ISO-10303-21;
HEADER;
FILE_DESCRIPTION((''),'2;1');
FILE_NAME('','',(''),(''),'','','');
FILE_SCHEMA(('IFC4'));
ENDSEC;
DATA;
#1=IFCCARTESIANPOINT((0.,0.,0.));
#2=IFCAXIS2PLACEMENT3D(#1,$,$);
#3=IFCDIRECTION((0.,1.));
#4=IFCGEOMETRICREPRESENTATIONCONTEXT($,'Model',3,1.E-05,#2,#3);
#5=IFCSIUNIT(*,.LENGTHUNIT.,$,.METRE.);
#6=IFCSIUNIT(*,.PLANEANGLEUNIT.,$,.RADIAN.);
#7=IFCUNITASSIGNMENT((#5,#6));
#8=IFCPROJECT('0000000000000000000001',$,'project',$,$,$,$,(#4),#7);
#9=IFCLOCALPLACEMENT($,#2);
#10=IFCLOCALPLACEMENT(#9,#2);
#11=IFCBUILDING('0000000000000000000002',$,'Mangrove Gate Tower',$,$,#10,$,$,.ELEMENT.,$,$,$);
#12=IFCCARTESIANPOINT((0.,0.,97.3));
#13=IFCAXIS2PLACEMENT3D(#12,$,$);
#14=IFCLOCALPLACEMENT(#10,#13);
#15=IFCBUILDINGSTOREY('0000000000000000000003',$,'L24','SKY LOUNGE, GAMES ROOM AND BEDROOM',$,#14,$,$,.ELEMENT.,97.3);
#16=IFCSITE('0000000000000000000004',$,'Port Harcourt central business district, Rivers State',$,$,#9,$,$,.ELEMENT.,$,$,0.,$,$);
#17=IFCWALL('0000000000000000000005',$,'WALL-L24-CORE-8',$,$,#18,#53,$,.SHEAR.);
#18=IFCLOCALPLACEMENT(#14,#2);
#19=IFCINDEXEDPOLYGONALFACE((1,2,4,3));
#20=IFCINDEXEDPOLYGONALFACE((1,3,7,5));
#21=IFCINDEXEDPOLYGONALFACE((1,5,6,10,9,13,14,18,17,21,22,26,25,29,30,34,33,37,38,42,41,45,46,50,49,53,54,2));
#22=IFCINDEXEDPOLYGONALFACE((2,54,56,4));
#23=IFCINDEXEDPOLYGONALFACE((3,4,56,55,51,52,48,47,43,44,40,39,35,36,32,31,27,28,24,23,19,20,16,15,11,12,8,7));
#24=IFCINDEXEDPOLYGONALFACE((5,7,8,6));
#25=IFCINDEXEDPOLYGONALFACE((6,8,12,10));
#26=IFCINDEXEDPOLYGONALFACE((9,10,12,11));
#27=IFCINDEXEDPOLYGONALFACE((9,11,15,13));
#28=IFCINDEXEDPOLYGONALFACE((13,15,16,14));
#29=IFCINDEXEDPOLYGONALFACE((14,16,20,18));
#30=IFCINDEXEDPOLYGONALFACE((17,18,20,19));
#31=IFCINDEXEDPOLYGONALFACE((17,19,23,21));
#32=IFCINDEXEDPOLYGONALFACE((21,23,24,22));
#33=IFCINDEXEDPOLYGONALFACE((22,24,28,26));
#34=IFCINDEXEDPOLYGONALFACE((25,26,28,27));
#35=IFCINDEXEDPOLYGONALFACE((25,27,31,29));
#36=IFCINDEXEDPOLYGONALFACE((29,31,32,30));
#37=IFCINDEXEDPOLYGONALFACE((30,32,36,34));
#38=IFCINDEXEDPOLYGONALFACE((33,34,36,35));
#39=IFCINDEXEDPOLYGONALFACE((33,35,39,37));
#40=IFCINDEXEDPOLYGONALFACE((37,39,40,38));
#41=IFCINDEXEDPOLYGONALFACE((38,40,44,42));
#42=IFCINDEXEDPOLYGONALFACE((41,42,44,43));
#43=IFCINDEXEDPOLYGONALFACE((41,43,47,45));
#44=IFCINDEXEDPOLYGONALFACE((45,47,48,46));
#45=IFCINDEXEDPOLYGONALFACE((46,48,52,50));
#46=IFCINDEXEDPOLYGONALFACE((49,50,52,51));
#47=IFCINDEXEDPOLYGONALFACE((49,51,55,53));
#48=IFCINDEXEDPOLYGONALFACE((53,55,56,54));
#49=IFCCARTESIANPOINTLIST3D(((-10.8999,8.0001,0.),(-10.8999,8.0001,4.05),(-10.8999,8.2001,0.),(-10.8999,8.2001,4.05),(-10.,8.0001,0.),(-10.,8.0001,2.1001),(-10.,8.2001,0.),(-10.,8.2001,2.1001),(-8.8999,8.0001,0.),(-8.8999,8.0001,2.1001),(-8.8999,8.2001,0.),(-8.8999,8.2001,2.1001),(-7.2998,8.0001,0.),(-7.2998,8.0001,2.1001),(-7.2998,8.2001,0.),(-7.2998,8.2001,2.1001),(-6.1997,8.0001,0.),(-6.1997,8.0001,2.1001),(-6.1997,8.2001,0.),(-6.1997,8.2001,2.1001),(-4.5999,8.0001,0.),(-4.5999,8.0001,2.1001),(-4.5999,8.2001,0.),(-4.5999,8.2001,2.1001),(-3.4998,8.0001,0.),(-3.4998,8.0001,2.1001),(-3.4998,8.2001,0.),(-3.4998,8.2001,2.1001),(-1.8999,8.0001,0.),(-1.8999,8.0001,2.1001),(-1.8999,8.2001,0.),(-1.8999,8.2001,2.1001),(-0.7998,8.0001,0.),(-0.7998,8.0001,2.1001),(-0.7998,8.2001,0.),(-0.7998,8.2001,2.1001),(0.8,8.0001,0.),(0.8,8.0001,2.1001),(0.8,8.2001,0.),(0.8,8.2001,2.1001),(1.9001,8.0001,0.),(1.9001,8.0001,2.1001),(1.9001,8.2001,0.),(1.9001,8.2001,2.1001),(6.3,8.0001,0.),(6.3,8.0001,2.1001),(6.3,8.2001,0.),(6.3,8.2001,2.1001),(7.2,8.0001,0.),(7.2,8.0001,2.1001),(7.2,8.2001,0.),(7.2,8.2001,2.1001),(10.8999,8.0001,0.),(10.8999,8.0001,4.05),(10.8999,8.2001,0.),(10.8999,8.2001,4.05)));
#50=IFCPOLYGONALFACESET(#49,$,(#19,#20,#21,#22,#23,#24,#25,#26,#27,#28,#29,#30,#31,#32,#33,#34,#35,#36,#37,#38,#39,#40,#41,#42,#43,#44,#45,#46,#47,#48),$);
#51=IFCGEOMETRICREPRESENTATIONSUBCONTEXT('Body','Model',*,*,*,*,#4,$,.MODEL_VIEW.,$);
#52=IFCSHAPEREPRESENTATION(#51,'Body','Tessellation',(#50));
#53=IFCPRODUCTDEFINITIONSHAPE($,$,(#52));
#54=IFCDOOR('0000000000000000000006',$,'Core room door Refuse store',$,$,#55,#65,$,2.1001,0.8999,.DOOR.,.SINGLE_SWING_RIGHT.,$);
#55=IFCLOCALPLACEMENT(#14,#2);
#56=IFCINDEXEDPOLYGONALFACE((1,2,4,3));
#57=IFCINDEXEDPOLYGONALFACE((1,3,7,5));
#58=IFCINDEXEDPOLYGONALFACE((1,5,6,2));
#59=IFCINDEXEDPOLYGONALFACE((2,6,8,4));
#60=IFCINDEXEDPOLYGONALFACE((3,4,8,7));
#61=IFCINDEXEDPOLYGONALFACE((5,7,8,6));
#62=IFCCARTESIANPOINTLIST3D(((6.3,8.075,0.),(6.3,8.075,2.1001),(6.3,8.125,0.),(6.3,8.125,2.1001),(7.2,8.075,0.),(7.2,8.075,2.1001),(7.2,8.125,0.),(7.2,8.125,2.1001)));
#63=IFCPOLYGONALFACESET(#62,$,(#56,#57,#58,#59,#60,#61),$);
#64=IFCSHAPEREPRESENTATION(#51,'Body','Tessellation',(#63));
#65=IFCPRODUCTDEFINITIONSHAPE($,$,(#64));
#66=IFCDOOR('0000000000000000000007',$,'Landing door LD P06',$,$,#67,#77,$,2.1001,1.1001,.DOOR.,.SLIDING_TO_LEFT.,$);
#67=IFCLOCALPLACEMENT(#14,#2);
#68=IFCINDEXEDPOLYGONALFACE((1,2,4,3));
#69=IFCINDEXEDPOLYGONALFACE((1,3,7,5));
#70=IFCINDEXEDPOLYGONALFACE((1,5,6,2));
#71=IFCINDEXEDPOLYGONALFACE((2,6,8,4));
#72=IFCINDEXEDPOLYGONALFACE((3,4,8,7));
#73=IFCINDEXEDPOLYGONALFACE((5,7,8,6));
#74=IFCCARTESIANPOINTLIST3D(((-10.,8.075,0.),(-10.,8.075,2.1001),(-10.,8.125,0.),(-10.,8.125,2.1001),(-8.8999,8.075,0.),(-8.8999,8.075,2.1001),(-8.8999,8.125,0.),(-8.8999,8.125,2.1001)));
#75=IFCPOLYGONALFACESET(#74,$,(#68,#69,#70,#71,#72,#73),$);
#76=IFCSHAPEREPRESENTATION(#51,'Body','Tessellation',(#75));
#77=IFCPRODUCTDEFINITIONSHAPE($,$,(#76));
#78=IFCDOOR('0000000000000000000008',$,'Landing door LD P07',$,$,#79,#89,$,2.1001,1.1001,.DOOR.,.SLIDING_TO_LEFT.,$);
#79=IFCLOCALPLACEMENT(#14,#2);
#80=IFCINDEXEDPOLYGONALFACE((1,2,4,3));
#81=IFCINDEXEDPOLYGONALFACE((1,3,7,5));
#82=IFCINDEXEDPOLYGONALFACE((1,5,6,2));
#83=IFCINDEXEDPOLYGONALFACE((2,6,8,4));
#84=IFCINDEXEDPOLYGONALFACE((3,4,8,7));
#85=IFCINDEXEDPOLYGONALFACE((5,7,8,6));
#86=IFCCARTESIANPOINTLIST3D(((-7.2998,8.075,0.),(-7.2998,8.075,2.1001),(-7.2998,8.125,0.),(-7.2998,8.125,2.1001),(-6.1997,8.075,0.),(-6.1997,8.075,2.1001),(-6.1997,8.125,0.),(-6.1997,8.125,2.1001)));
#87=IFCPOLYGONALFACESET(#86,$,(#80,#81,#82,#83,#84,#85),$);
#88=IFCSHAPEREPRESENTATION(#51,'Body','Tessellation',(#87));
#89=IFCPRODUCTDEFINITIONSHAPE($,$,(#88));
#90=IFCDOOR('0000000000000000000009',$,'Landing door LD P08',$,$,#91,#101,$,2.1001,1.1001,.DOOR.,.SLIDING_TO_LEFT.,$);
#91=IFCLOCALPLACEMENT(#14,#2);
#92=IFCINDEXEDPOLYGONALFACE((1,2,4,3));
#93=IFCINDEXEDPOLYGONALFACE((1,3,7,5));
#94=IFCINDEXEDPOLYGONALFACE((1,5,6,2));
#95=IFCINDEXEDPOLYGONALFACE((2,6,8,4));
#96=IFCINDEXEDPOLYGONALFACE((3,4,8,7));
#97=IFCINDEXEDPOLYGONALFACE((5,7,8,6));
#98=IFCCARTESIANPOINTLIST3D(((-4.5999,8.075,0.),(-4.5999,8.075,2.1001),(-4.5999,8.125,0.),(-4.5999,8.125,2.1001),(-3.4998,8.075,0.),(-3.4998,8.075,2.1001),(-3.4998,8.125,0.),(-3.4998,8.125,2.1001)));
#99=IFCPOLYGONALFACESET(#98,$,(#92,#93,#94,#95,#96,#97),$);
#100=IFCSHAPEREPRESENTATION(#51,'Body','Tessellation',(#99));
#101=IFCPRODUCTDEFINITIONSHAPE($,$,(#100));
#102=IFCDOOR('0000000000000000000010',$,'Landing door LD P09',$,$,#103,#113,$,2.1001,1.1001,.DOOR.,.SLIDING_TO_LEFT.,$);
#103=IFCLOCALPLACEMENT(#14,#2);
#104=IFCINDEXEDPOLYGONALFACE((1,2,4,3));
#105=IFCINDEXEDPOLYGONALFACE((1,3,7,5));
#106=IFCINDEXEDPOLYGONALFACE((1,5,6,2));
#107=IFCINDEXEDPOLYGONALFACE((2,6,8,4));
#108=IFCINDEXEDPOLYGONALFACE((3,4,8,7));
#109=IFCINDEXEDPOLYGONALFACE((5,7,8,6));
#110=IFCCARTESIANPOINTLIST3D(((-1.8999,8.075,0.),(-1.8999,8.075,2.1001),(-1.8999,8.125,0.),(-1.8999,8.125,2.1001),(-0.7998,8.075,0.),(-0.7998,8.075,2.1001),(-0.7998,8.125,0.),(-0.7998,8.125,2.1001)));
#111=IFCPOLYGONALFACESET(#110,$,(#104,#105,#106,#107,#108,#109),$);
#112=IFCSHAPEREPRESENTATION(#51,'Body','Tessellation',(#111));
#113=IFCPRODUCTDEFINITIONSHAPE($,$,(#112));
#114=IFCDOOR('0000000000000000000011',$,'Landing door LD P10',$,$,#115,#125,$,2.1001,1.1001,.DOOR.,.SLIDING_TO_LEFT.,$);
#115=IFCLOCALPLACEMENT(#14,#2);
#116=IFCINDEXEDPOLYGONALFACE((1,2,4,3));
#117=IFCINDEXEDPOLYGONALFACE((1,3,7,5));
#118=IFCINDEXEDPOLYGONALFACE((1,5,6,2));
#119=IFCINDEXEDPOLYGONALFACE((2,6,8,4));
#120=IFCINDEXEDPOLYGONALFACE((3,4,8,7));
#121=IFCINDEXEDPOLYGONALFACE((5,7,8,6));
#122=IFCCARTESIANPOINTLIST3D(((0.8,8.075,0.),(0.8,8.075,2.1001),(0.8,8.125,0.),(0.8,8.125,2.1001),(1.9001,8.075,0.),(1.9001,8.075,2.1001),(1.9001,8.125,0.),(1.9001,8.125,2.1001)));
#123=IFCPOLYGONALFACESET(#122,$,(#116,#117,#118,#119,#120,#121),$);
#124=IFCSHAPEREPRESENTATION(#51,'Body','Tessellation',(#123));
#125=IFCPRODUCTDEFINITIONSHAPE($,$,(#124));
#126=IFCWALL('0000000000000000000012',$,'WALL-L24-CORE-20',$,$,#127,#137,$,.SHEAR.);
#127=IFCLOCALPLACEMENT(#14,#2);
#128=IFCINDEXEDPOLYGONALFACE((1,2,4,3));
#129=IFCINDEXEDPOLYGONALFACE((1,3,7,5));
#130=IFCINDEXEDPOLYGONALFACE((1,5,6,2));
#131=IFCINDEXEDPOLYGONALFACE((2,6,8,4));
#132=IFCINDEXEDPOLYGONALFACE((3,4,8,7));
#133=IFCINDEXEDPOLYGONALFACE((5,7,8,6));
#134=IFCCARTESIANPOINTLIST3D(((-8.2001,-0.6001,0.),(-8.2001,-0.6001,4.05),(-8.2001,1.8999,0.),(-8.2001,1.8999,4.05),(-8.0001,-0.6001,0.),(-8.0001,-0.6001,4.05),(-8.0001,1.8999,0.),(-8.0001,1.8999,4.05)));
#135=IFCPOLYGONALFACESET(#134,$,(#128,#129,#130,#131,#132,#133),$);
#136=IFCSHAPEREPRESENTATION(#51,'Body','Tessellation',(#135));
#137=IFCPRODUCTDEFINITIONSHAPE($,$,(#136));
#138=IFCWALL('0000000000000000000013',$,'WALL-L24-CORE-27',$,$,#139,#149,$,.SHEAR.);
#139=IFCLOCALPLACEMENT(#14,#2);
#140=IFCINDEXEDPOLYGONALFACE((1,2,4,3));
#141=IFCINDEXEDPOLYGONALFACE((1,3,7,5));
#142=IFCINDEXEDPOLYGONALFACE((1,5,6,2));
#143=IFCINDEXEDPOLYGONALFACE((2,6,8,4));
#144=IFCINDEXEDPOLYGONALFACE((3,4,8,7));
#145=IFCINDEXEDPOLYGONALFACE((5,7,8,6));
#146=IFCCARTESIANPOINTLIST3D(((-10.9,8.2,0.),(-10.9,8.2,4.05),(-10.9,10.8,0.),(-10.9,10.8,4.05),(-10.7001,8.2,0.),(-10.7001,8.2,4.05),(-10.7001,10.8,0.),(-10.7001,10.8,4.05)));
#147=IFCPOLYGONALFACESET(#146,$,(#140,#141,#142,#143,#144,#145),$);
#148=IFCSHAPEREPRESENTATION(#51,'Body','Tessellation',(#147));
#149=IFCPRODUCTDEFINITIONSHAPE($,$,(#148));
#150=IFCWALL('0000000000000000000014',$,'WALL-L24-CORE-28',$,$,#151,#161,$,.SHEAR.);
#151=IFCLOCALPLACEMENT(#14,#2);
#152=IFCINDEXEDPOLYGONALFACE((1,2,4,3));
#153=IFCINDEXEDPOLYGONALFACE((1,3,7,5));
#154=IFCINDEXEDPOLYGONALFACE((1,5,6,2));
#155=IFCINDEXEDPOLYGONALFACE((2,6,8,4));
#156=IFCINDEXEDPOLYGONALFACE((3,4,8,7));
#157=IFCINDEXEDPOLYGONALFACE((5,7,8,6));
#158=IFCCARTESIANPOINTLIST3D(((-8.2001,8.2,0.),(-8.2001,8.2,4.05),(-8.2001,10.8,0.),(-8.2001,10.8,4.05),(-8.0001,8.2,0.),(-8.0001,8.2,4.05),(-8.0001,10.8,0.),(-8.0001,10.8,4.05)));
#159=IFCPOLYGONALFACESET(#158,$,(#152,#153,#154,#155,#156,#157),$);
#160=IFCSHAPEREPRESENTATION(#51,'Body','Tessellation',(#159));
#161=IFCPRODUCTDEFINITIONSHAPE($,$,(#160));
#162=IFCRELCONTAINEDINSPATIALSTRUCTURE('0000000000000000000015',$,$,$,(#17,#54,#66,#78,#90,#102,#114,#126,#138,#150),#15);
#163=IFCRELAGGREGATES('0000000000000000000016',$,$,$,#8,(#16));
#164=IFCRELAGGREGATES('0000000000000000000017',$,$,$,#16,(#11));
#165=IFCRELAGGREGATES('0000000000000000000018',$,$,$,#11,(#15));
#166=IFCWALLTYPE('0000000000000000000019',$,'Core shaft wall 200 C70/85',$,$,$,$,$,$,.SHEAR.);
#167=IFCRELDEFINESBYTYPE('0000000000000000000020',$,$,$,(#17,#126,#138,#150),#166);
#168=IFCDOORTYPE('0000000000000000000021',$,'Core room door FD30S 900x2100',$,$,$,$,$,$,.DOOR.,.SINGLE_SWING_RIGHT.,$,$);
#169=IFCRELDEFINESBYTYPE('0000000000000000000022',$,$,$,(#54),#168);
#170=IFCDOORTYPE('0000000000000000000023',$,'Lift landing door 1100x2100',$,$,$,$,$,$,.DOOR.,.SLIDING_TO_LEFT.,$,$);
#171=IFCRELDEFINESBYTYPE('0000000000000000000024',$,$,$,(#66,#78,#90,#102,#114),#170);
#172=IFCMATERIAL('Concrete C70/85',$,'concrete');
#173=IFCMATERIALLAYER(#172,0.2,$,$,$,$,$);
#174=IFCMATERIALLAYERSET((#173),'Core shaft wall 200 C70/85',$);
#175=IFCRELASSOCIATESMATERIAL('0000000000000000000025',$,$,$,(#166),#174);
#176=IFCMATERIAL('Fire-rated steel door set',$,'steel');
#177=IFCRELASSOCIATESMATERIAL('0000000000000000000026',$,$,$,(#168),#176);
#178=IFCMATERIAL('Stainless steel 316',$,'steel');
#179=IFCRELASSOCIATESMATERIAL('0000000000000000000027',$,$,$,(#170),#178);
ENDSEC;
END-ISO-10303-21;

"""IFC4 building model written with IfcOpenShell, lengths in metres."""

from ifc_helpers import new_model, si_unit, direction, frame, frame_2d, origin, place, context, subcontext, project, spatial, rectangle, extrude, material, layer, layer_set, type_object, element, fill, save


model = new_model("IFC4")

# Units and contexts
model_context = context("Model", 3, precision=1e-05, world=origin(), true_north=direction((0.0, 1.0)))
body_context = subcontext(model_context, "Body", "Model", "MODEL_VIEW")
ifc_project = project(units=[si_unit("LENGTHUNIT", "METRE"), si_unit("PLANEANGLEUNIT", "RADIAN")], contexts=[model_context])

# Site, building, storey
site_placement = place(None, origin())
site = spatial("IfcSite", under=ifc_project, at=site_placement, Name="Port Harcourt central business district, Rivers State", CompositionType="ELEMENT", RefElevation=0.0)
building_placement = place(site_placement, origin())
building = spatial("IfcBuilding", under=site, at=building_placement, Name="Mangrove Gate Tower", CompositionType="ELEMENT")
storey_placement = place(building_placement, frame((0.0, 0.0, 97.3)))
storey = spatial("IfcBuildingStorey", under=building, at=storey_placement, Name="L24", Description="SKY LOUNGE, GAMES ROOM AND BEDROOM", CompositionType="ELEMENT", Elevation=97.3)

# Wall, openings, doors
ifc_material_1 = material(Name="Concrete C70/85", Category="concrete")
ifc_layer_1 = layer(ifc_material_1, 0.2)
ifc_layer_set_1 = layer_set([ifc_layer_1], Name="Core shaft wall 200 C70/85")
wall_type_1 = type_object("IfcWallType", Name="Core shaft wall 200 C70/85", PredefinedType="SHEAR", material=ifc_layer_set_1)
ifc_material_2 = material(Name="Fire-rated steel door set", Category="steel")
door_type_1 = type_object("IfcDoorType", Name="Core room door FD30S 900x2100", OperationType="SINGLE_SWING_RIGHT", PredefinedType="DOOR", material=ifc_material_2)
ifc_material_3 = material(Name="Stainless steel 316", Category="steel")
door_type_2 = type_object("IfcDoorType", Name="Lift landing door 1100x2100", OperationType="SLIDING_TO_LEFT", PredefinedType="DOOR", material=ifc_material_3)
wall_1_placement = place(storey_placement, frame((-10.8999, 8.1001, 0.0), z_axis=(0.0, 0.0, 1.0), x_axis=(1.0, 0.0, 0.0)))
wall_1 = element("IfcWall", 1, at=wall_1_placement, inside=storey, type_object=wall_type_1, Name="WALL-L24-CORE-8", PredefinedType="SHEAR", context=body_context, shape_type="SweptSolid", body=[
    extrude(rectangle(XDim=21.7998, YDim=0.2, at=frame_2d((10.8999, 0.0))), origin(), (0.0, 0.0, 1.0), 4.05),
])
opening_1_placement = place(wall_1_placement, frame((0.8999, 0.0, 0.0)))
opening_1 = element("IfcOpeningElement", 2, at=opening_1_placement, cuts=wall_1, PredefinedType="OPENING", context=body_context, shape_type="SweptSolid", body=[
    extrude(rectangle(XDim=1.1001, YDim=2.1001, at=frame_2d((0.55, 1.05))), frame((0.0, 0.1099, 0.0), z_axis=(0.0, -1.0, 0.0), x_axis=(1.0, 0.0, 0.0)), (0.0, 0.0, 1.0), 0.22),
])
opening_2_placement = place(wall_1_placement, frame((3.6001, 0.0, 0.0)))
opening_2 = element("IfcOpeningElement", 3, at=opening_2_placement, cuts=wall_1, PredefinedType="OPENING", context=body_context, shape_type="SweptSolid", body=[
    extrude(rectangle(XDim=1.1001, YDim=2.1001, at=frame_2d((0.55, 1.05))), frame((0.0, 0.1099, 0.0), z_axis=(0.0, -1.0, 0.0), x_axis=(1.0, 0.0, 0.0)), (0.0, 0.0, 1.0), 0.22),
])
opening_3_placement = place(wall_1_placement, frame((6.3, 0.0, 0.0)))
opening_3 = element("IfcOpeningElement", 4, at=opening_3_placement, cuts=wall_1, PredefinedType="OPENING", context=body_context, shape_type="SweptSolid", body=[
    extrude(rectangle(XDim=1.1001, YDim=2.1001, at=frame_2d((0.55, 1.05))), frame((0.0, 0.1099, 0.0), z_axis=(0.0, -1.0, 0.0), x_axis=(1.0, 0.0, 0.0)), (0.0, 0.0, 1.0), 0.22),
])
opening_4_placement = place(wall_1_placement, frame((9.0, 0.0, 0.0)))
opening_4 = element("IfcOpeningElement", 5, at=opening_4_placement, cuts=wall_1, PredefinedType="OPENING", context=body_context, shape_type="SweptSolid", body=[
    extrude(rectangle(XDim=1.1001, YDim=2.1001, at=frame_2d((0.55, 1.05))), frame((0.0, 0.1099, 0.0), z_axis=(0.0, -1.0, 0.0), x_axis=(1.0, 0.0, 0.0)), (0.0, 0.0, 1.0), 0.22),
])
opening_5_placement = place(wall_1_placement, frame((11.7, 0.0, 0.0)))
opening_5 = element("IfcOpeningElement", 6, at=opening_5_placement, cuts=wall_1, PredefinedType="OPENING", context=body_context, shape_type="SweptSolid", body=[
    extrude(rectangle(XDim=1.1001, YDim=2.1001, at=frame_2d((0.55, 1.05))), frame((0.0, 0.1099, 0.0), z_axis=(0.0, -1.0, 0.0), x_axis=(1.0, 0.0, 0.0)), (0.0, 0.0, 1.0), 0.22),
])
opening_6_placement = place(wall_1_placement, frame((17.2, 0.0, 0.0)))
opening_6 = element("IfcOpeningElement", 7, at=opening_6_placement, cuts=wall_1, PredefinedType="OPENING", context=body_context, shape_type="SweptSolid", body=[
    extrude(rectangle(XDim=0.8999, YDim=2.1001, at=frame_2d((0.45, 1.05))), frame((0.0, 0.1099, 0.0), z_axis=(0.0, -1.0, 0.0), x_axis=(1.0, 0.0, 0.0)), (0.0, 0.0, 1.0), 0.22),
])
door_1_placement = place(opening_6_placement, origin())
door_1 = element("IfcDoor", 8, at=door_1_placement, inside=storey, type_object=door_type_1, Name="Core room door Refuse store", OperationType="SINGLE_SWING_RIGHT", OverallHeight=2.1001, OverallWidth=0.8999, PredefinedType="DOOR", context=body_context, shape_type="SweptSolid", body=[
    extrude(rectangle(XDim=0.8999, YDim=2.1001, at=frame_2d((0.45, 1.05))), frame((0.0, 0.0249, 0.0), z_axis=(0.0, -1.0, 0.0), x_axis=(1.0, 0.0, 0.0)), (0.0, 0.0, 1.0), 0.05),
])
fill(opening_6, door_1)
door_2_placement = place(opening_1_placement, origin())
door_2 = element("IfcDoor", 9, at=door_2_placement, inside=storey, type_object=door_type_2, Name="Landing door LD P06", OperationType="SLIDING_TO_LEFT", OverallHeight=2.1001, OverallWidth=1.1001, PredefinedType="DOOR", context=body_context, shape_type="SweptSolid", body=[
    extrude(rectangle(XDim=1.1001, YDim=2.1001, at=frame_2d((0.55, 1.05))), frame((0.0, 0.0249, 0.0), z_axis=(0.0, -1.0, 0.0), x_axis=(1.0, 0.0, 0.0)), (0.0, 0.0, 1.0), 0.05),
])
fill(opening_1, door_2)
door_3_placement = place(opening_2_placement, origin())
door_3 = element("IfcDoor", 10, at=door_3_placement, inside=storey, type_object=door_type_2, Name="Landing door LD P07", OperationType="SLIDING_TO_LEFT", OverallHeight=2.1001, OverallWidth=1.1001, PredefinedType="DOOR", context=body_context, shape_type="SweptSolid", body=[
    extrude(rectangle(XDim=1.1001, YDim=2.1001, at=frame_2d((0.55, 1.05))), frame((0.0, 0.0249, 0.0), z_axis=(0.0, -1.0, 0.0), x_axis=(1.0, 0.0, 0.0)), (0.0, 0.0, 1.0), 0.05),
])
fill(opening_2, door_3)
door_4_placement = place(opening_3_placement, origin())
door_4 = element("IfcDoor", 11, at=door_4_placement, inside=storey, type_object=door_type_2, Name="Landing door LD P08", OperationType="SLIDING_TO_LEFT", OverallHeight=2.1001, OverallWidth=1.1001, PredefinedType="DOOR", context=body_context, shape_type="SweptSolid", body=[
    extrude(rectangle(XDim=1.1001, YDim=2.1001, at=frame_2d((0.55, 1.05))), frame((0.0, 0.0249, 0.0), z_axis=(0.0, -1.0, 0.0), x_axis=(1.0, 0.0, 0.0)), (0.0, 0.0, 1.0), 0.05),
])
fill(opening_3, door_4)
door_5_placement = place(opening_4_placement, origin())
door_5 = element("IfcDoor", 12, at=door_5_placement, inside=storey, type_object=door_type_2, Name="Landing door LD P09", OperationType="SLIDING_TO_LEFT", OverallHeight=2.1001, OverallWidth=1.1001, PredefinedType="DOOR", context=body_context, shape_type="SweptSolid", body=[
    extrude(rectangle(XDim=1.1001, YDim=2.1001, at=frame_2d((0.55, 1.05))), frame((0.0, 0.0249, 0.0), z_axis=(0.0, -1.0, 0.0), x_axis=(1.0, 0.0, 0.0)), (0.0, 0.0, 1.0), 0.05),
])
fill(opening_4, door_5)
door_6_placement = place(opening_5_placement, origin())
door_6 = element("IfcDoor", 13, at=door_6_placement, inside=storey, type_object=door_type_2, Name="Landing door LD P10", OperationType="SLIDING_TO_LEFT", OverallHeight=2.1001, OverallWidth=1.1001, PredefinedType="DOOR", context=body_context, shape_type="SweptSolid", body=[
    extrude(rectangle(XDim=1.1001, YDim=2.1001, at=frame_2d((0.55, 1.05))), frame((0.0, 0.0249, 0.0), z_axis=(0.0, -1.0, 0.0), x_axis=(1.0, 0.0, 0.0)), (0.0, 0.0, 1.0), 0.05),
])
fill(opening_5, door_6)

# Walls
wall_2_placement = place(storey_placement, frame((-8.1001, -0.6001, 0.0), z_axis=(0.0, 0.0, 1.0), x_axis=(0.0, 1.0, 0.0)))
element("IfcWall", 14, at=wall_2_placement, inside=storey, type_object=wall_type_1, Name="WALL-L24-CORE-20", PredefinedType="SHEAR", context=body_context, shape_type="SweptSolid", body=[
    extrude(rectangle(XDim=2.5, YDim=0.2, at=frame_2d((1.25, 0.0))), origin(), (0.0, 0.0, 1.0), 4.05),
])
for number, where, z_axis, x_axis, name in (
    (15, (-10.8, 8.2, 0.0), (0.0, 0.0, 1.0), (0.0, 1.0, 0.0), "WALL-L24-CORE-27"),
    (16, (-8.1001, 8.2, 0.0), (0.0, 0.0, 1.0), (0.0, 1.0, 0.0), "WALL-L24-CORE-28"),
):
    element("IfcWall", number, at=place(storey_placement, frame(where, z_axis=z_axis, x_axis=x_axis)), inside=storey, type_object=wall_type_1, Name=name, PredefinedType="SHEAR", context=body_context, shape_type="SweptSolid", body=[
        extrude(rectangle(XDim=2.6001, YDim=0.2, at=frame_2d((1.3, 0.0))), origin(), (0.0, 0.0, 1.0), 4.05),
    ])

save(model, "model.ifc")
